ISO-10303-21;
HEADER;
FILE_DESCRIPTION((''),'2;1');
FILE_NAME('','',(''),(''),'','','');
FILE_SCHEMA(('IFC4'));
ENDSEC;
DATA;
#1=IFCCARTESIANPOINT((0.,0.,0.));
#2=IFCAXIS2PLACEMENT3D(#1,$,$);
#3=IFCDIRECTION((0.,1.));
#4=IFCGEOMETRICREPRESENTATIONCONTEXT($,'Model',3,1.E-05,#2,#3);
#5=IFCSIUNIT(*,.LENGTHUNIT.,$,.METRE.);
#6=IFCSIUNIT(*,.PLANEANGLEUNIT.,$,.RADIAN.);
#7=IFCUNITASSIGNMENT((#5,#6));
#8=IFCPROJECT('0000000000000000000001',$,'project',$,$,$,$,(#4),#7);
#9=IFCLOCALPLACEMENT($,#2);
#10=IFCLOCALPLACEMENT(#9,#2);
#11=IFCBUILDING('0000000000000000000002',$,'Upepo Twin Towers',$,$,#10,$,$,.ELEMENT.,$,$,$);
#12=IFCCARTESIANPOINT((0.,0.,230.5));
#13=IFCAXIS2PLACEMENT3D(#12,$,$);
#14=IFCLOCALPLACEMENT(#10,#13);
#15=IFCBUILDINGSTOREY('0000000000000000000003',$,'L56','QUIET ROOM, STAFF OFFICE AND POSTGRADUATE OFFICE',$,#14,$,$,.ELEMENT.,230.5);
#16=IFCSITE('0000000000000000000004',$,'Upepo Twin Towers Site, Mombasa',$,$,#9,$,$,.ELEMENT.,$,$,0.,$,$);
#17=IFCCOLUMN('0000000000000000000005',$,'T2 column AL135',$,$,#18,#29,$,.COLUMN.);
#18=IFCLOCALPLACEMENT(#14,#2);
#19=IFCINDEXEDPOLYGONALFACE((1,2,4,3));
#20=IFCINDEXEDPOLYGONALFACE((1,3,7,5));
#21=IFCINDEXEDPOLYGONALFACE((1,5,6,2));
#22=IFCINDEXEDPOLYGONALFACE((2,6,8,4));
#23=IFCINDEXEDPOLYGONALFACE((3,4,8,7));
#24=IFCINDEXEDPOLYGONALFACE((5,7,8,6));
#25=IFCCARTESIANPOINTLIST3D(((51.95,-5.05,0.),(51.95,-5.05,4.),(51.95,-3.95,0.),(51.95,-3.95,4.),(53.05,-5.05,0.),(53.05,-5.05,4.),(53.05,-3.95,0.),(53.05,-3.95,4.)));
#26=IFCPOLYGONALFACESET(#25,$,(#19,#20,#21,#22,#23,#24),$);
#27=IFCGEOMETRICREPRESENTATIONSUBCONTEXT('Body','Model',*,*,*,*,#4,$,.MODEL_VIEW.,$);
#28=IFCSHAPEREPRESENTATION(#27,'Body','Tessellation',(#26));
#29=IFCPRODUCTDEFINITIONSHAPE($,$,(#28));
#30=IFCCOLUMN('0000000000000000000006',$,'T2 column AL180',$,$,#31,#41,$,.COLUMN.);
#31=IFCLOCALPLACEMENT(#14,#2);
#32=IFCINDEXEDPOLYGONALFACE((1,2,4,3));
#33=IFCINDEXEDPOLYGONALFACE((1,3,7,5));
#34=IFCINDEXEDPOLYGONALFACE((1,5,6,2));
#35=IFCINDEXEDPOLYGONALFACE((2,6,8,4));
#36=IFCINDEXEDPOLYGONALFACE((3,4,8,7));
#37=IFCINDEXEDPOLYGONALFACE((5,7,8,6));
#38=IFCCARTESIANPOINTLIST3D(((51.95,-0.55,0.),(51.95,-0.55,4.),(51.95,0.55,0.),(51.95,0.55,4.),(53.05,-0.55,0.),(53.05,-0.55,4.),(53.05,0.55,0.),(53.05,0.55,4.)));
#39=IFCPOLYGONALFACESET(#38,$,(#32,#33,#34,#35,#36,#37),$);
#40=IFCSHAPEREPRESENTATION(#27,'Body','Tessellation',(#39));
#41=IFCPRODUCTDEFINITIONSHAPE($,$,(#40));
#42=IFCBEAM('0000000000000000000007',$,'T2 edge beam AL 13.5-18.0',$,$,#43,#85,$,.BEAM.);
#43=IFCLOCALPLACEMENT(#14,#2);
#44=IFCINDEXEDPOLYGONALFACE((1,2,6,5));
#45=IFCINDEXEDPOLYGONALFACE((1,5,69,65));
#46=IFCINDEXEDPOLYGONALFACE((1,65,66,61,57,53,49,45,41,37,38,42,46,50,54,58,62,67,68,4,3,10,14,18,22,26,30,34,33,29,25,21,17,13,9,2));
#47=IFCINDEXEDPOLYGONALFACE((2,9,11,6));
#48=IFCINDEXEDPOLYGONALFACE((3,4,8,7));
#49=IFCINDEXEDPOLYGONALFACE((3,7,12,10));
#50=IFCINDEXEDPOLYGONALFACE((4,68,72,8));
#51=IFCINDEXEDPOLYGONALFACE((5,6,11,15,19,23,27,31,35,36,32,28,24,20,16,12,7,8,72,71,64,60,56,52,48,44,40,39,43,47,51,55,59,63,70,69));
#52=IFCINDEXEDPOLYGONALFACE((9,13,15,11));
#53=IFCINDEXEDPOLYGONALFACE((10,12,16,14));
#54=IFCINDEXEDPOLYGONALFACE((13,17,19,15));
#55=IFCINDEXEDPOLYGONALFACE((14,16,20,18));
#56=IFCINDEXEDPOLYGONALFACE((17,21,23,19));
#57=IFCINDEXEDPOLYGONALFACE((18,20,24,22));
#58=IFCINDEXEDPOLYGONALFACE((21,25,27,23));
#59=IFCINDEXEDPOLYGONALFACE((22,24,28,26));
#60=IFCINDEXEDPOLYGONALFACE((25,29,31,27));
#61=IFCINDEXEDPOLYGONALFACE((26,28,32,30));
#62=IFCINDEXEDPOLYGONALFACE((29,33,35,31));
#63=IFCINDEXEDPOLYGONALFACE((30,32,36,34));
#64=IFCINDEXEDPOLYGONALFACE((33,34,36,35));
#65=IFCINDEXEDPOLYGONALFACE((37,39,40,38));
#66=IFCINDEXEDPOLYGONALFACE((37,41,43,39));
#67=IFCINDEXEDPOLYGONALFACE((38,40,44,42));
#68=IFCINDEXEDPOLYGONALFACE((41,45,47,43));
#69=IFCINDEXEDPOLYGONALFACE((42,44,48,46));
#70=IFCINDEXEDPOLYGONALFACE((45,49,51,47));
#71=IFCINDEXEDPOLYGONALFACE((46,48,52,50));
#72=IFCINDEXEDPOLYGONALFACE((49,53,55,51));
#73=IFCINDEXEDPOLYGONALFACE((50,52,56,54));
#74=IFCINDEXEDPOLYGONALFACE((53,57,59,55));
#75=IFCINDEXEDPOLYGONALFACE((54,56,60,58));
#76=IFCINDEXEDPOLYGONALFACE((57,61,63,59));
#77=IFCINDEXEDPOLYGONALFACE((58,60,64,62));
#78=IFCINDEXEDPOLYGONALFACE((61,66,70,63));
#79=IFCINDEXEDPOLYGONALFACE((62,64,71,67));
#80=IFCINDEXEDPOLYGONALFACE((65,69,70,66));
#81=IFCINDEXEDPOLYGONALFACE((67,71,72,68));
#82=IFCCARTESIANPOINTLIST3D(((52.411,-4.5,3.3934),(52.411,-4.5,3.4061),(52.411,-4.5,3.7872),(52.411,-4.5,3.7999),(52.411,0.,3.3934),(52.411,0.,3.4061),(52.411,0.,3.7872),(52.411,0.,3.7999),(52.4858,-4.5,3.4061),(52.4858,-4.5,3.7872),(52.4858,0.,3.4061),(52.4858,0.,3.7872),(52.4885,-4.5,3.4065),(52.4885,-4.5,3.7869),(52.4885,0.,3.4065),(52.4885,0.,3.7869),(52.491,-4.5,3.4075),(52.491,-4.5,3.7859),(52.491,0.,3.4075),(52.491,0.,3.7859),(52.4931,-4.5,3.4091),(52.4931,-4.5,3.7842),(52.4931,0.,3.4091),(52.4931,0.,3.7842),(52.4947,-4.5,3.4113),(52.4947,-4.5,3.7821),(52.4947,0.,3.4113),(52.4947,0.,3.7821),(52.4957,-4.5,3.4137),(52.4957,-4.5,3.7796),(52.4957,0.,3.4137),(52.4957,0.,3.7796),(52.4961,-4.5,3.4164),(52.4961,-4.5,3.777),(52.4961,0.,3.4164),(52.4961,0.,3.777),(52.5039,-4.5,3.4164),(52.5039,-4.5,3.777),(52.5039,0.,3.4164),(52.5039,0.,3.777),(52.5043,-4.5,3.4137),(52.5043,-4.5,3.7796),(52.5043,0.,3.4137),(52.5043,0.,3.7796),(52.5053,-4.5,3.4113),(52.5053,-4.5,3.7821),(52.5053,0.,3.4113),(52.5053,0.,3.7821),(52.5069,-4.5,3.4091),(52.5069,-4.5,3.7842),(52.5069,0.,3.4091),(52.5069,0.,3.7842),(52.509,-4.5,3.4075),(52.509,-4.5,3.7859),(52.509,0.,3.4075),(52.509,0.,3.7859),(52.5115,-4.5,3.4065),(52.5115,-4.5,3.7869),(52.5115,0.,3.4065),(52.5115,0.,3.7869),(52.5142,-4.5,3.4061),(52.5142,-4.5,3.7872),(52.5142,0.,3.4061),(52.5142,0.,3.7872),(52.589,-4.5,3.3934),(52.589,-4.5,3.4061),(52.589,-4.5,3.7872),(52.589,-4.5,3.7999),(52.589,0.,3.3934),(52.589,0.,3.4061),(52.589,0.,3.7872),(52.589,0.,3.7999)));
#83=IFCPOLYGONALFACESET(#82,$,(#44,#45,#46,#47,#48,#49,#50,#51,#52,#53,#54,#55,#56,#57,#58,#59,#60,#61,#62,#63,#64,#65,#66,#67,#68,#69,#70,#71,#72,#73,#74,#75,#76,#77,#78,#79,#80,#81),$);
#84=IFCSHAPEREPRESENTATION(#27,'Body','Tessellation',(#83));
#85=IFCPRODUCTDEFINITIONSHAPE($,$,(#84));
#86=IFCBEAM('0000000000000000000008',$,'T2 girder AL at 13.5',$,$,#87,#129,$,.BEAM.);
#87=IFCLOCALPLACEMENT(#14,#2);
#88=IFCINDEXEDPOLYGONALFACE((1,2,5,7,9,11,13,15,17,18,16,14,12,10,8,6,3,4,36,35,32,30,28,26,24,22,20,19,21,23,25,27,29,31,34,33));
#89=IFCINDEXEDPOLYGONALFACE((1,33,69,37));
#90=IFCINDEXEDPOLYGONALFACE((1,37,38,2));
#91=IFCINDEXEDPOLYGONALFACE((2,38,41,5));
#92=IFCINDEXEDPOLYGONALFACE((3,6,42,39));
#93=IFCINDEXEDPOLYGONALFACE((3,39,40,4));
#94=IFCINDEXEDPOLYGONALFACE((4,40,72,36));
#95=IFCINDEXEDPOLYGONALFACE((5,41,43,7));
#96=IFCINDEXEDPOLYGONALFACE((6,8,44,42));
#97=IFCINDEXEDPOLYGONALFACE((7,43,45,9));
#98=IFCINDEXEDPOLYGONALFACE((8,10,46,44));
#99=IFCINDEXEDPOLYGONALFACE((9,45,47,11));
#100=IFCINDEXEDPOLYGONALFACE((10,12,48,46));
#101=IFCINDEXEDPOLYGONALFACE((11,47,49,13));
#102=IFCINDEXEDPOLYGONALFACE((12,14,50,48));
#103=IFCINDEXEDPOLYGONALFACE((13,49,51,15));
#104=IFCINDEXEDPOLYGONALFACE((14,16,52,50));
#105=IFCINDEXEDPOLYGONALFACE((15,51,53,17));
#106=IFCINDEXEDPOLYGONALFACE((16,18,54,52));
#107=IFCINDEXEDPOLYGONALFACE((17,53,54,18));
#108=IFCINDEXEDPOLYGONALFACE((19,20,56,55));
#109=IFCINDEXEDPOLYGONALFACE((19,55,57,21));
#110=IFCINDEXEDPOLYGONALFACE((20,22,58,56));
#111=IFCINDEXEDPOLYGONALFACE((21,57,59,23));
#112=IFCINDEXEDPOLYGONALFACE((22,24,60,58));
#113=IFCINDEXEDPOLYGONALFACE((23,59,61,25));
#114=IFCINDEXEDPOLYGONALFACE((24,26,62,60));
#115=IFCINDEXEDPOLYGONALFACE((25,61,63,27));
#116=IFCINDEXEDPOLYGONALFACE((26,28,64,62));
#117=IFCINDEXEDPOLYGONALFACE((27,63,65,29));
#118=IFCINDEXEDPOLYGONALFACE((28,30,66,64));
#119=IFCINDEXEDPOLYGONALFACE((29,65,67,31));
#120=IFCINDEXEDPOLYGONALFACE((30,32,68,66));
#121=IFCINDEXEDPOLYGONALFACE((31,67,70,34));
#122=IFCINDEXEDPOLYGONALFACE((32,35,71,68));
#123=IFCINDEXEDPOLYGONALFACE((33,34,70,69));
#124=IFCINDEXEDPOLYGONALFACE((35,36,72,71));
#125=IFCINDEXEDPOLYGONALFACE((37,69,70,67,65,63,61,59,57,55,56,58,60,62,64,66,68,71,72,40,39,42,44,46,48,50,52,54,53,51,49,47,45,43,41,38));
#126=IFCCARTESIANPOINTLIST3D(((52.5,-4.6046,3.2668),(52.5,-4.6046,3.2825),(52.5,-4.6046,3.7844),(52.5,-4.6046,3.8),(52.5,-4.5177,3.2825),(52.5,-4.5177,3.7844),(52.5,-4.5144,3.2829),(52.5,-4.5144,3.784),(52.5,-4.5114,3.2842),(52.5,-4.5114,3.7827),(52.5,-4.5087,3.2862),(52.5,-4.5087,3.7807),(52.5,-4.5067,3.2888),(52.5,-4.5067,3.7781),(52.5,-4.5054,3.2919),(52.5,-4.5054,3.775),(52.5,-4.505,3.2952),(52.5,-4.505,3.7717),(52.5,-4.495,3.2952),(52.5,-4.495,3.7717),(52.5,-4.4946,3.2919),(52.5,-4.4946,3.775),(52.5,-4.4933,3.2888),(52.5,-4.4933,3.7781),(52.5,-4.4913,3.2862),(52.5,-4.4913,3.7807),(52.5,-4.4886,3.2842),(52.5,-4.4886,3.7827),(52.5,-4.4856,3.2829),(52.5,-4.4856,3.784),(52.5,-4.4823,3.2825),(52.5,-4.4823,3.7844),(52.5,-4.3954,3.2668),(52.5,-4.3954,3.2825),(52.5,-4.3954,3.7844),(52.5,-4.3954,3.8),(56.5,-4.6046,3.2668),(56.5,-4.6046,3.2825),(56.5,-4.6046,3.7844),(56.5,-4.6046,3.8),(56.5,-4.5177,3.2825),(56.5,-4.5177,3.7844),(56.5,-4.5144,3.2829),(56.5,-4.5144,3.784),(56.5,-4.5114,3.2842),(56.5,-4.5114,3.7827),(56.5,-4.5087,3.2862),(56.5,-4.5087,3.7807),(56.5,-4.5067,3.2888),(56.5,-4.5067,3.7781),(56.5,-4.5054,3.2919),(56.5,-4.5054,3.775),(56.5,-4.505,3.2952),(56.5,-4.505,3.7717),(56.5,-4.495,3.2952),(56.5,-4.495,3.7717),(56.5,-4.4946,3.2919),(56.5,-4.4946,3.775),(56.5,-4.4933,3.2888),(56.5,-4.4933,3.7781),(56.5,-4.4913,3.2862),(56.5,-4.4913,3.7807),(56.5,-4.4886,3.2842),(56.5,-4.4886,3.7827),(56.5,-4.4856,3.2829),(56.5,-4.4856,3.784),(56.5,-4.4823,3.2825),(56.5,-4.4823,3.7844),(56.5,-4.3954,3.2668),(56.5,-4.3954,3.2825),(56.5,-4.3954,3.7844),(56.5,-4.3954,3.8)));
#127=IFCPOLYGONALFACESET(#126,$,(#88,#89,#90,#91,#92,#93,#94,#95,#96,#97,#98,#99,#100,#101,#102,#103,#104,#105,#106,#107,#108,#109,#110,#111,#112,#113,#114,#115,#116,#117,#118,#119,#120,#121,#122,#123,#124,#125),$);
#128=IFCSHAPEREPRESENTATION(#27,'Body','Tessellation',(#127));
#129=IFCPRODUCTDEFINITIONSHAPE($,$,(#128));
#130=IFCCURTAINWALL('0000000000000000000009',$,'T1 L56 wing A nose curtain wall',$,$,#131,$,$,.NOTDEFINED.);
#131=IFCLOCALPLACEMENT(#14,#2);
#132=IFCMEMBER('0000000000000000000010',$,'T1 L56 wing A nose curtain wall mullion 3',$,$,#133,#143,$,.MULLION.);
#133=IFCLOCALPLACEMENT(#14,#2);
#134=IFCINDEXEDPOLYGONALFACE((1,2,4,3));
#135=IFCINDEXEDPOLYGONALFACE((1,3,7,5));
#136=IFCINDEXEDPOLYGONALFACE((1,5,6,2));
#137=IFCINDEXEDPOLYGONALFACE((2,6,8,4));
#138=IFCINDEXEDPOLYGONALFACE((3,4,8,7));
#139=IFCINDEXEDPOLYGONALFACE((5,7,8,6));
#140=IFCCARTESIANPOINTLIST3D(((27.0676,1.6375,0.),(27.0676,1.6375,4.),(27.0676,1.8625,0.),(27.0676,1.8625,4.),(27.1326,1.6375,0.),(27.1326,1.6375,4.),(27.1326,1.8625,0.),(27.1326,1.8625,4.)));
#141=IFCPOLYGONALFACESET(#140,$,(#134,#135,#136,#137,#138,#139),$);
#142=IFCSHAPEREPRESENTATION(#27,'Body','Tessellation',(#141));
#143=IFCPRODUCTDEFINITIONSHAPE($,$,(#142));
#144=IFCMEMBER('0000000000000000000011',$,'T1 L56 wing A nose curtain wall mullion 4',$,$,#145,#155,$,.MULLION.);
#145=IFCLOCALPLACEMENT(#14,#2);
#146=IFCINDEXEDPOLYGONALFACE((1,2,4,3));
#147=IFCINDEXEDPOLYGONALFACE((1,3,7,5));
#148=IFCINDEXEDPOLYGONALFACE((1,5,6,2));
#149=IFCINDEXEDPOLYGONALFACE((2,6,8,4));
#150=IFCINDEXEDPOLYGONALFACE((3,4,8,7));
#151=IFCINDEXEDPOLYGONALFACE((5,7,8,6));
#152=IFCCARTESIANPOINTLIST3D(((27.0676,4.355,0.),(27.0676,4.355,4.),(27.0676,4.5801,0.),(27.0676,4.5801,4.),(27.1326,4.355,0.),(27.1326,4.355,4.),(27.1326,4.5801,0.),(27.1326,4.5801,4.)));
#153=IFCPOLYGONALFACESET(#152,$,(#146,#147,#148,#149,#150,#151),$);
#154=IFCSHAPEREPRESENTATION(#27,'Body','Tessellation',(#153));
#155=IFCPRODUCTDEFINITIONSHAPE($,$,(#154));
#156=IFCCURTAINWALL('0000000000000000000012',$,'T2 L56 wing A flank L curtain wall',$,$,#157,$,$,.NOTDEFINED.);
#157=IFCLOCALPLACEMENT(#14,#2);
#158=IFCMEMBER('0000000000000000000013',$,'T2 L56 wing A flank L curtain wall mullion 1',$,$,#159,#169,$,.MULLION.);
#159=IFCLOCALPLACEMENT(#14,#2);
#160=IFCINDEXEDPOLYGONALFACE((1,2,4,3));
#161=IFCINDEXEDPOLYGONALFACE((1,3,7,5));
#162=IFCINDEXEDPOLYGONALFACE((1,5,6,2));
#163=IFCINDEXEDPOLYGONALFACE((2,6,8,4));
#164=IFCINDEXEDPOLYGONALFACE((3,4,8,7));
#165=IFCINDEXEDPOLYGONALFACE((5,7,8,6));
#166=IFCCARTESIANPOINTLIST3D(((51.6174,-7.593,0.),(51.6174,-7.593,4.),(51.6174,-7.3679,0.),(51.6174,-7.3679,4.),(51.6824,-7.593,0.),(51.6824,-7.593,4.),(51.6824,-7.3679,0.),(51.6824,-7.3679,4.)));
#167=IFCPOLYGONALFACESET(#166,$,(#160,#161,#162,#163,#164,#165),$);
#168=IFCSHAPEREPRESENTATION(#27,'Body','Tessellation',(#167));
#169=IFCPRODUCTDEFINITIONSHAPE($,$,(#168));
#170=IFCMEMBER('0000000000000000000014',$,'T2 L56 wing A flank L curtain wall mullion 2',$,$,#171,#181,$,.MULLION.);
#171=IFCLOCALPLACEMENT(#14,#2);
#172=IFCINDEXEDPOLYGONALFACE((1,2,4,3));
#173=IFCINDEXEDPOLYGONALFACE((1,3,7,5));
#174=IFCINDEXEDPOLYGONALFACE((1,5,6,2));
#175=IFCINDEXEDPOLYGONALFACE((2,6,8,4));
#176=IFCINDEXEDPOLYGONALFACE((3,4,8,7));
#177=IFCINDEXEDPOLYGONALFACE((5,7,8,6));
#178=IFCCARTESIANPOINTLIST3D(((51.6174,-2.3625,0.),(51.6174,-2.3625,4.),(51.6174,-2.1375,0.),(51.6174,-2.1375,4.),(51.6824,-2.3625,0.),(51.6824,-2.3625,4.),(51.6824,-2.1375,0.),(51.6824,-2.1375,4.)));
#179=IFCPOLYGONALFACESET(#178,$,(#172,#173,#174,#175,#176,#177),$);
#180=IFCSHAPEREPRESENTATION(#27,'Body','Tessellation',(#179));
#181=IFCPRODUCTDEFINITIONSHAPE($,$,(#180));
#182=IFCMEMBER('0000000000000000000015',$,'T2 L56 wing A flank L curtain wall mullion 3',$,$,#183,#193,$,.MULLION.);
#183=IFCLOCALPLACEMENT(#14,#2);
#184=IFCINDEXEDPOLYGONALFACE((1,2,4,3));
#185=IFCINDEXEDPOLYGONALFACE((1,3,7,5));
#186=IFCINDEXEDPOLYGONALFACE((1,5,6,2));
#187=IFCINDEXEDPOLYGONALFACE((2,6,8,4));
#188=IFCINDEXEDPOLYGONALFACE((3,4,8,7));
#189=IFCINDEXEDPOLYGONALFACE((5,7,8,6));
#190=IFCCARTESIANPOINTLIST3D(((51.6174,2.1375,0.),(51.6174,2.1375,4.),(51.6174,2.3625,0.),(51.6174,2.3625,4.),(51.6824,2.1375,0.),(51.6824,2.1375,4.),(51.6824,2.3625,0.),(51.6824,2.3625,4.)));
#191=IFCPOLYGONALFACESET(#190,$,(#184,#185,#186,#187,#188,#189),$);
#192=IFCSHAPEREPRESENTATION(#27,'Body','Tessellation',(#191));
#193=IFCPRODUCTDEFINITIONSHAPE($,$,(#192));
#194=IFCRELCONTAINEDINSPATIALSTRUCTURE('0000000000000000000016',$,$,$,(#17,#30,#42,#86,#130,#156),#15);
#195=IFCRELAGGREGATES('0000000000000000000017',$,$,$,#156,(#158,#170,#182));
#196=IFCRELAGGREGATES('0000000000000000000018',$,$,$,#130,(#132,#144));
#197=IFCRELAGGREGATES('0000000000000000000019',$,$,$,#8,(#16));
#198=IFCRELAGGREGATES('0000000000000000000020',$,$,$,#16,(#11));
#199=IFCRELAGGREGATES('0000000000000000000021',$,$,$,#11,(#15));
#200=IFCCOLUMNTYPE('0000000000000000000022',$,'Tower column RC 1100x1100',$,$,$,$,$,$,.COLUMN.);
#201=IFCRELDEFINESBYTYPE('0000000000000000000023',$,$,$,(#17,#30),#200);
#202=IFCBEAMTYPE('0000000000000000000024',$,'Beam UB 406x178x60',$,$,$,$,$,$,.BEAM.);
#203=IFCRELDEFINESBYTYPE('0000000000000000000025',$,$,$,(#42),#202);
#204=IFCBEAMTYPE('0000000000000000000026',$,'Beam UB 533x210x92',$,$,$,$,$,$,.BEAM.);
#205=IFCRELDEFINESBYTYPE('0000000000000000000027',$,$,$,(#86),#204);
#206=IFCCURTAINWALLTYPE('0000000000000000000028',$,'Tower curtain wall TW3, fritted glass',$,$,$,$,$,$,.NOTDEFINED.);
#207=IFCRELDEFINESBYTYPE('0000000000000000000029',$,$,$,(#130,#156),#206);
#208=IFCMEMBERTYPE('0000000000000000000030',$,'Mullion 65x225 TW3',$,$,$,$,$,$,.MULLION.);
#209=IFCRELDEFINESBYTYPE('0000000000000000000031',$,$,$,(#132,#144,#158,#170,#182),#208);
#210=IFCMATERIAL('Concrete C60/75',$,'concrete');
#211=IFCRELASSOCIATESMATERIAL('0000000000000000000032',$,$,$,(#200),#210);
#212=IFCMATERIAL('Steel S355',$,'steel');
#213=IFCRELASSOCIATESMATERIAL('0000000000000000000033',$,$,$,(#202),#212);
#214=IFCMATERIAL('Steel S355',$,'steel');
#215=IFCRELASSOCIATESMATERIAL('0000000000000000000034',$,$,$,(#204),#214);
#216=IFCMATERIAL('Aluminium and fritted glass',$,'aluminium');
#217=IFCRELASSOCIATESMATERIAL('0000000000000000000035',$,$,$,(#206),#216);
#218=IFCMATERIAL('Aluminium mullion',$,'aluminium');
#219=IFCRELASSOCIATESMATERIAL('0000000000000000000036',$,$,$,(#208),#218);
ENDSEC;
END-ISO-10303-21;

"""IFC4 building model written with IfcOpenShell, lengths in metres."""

from ifc_helpers import new_model, si_unit, direction, frame, origin, origin_2d, place, context, subcontext, project, spatial, rectangle, i_section, extrude, material, material_profile, profile_set, type_object, element, aggregate, save


model = new_model("IFC4")

# Units and contexts
model_context = context("Model", 3, precision=1e-05, world=origin(), true_north=direction((0.0, 1.0)))
body_context = subcontext(model_context, "Body", "Model", "MODEL_VIEW")
ifc_project = project(units=[si_unit("LENGTHUNIT", "METRE"), si_unit("PLANEANGLEUNIT", "RADIAN")], contexts=[model_context])

# Site, building, storey
site_placement = place(None, origin())
site = spatial("IfcSite", under=ifc_project, at=site_placement, Name="Upepo Twin Towers Site, Mombasa", CompositionType="ELEMENT", RefElevation=0.0)
building_placement = place(site_placement, origin())
building = spatial("IfcBuilding", under=site, at=building_placement, Name="Upepo Twin Towers", CompositionType="ELEMENT")
storey_placement = place(building_placement, frame((0.0, 0.0, 230.5)))
storey = spatial("IfcBuildingStorey", under=building, at=storey_placement, Name="L56", Description="QUIET ROOM, STAFF OFFICE AND POSTGRADUATE OFFICE", CompositionType="ELEMENT", Elevation=230.5)

# Columns
ifc_material_1 = material(Name="Concrete C60/75", Category="concrete")
ifc_material_profile_1 = material_profile(ifc_material_1, rectangle(XDim=1.1001, YDim=1.1001, at=origin_2d()), Name="RC 1100x1100")
ifc_profile_set_1 = profile_set([ifc_material_profile_1], Name="Concrete C60/75")
column_type = type_object("IfcColumnType", Name="Tower column RC 1100x1100", PredefinedType="COLUMN", material=ifc_profile_set_1)
for number, where, z_axis, x_axis, name in (
    (1, (52.5, -4.5, 0.0), (0.0, 0.0, 1.0), (1.0, 0.0, 0.0), "T2 column AL135"),
    (2, (52.5, 0.0, 0.0), (0.0, 0.0, 1.0), (1.0, 0.0, 0.0), "T2 column AL180"),
):
    element("IfcColumn", number, at=place(storey_placement, frame(where, z_axis=z_axis, x_axis=x_axis)), inside=storey, type_object=column_type, Name=name, PredefinedType="COLUMN", context=body_context, shape_type="SweptSolid", body=[
        extrude(rectangle(XDim=1.1001, YDim=1.1001, at=origin_2d()), origin(), (0.0, 0.0, 1.0), 4.0),
    ])

# Beams
ifc_material_2 = material(Name="Steel S355", Category="steel")
ifc_material_profile_2 = material_profile(ifc_material_2, i_section(OverallWidth=0.178, OverallDepth=0.4065, WebThickness=0.0078, FlangeThickness=0.0127, FilletRadius=0.0103, at=origin_2d()), Name="UB 406x178x60")
ifc_profile_set_2 = profile_set([ifc_material_profile_2], Name="Steel S355")
beam_type_1 = type_object("IfcBeamType", Name="Beam UB 406x178x60", PredefinedType="BEAM", material=ifc_profile_set_2)
beam_1_placement = place(storey_placement, frame((52.5, -4.5, 3.5967), z_axis=(0.0, 1.0, 0.0), x_axis=(-1.0, 0.0, 0.0)))
element("IfcBeam", 3, at=beam_1_placement, inside=storey, type_object=beam_type_1, Name="T2 edge beam AL 13.5-18.0", PredefinedType="BEAM", context=body_context, shape_type="SweptSolid", body=[
    extrude(i_section(OverallWidth=0.178, OverallDepth=0.4065, WebThickness=0.0078, FlangeThickness=0.0127, FilletRadius=0.0103, at=origin_2d()), origin(), (0.0, 0.0, 1.0), 4.5),
])
ifc_material_3 = material(Name="Steel S355", Category="steel")
ifc_material_profile_3 = material_profile(ifc_material_3, i_section(OverallWidth=0.2092, OverallDepth=0.5332, WebThickness=0.01, FlangeThickness=0.0156, FilletRadius=0.0127, at=origin_2d()), Name="UB 533x210x92")
ifc_profile_set_3 = profile_set([ifc_material_profile_3], Name="Steel S355")
beam_type_2 = type_object("IfcBeamType", Name="Beam UB 533x210x92", PredefinedType="BEAM", material=ifc_profile_set_3)
beam_2_placement = place(storey_placement, frame((52.5, -4.5, 3.5334), z_axis=(1.0, 0.0, 0.0), x_axis=(0.0, 1.0, 0.0)))
element("IfcBeam", 4, at=beam_2_placement, inside=storey, type_object=beam_type_2, Name="T2 girder AL at 13.5", PredefinedType="BEAM", context=body_context, shape_type="SweptSolid", body=[
    extrude(i_section(OverallWidth=0.2092, OverallDepth=0.5332, WebThickness=0.01, FlangeThickness=0.0156, FilletRadius=0.0127, at=origin_2d()), origin(), (0.0, 0.0, 1.0), 4.0),
])

# Curtain walls, members
ifc_material_4 = material(Name="Aluminium and fritted glass", Category="aluminium")
curtain_wall_type = type_object("IfcCurtainWallType", Name="Tower curtain wall TW3, fritted glass", PredefinedType="NOTDEFINED", material=ifc_material_4)
curtain_wall_1_placement = place(storey_placement, origin())
curtain_wall_1 = element("IfcCurtainWall", 5, at=curtain_wall_1_placement, inside=storey, type_object=curtain_wall_type, Name="T1 L56 wing A nose curtain wall", PredefinedType="NOTDEFINED")
ifc_material_5 = material(Name="Aluminium mullion", Category="aluminium")
ifc_material_profile_4 = material_profile(ifc_material_5, rectangle(XDim=0.0649, YDim=0.2251, at=origin_2d()), Name="MULLION 65x225")
ifc_profile_set_4 = profile_set([ifc_material_profile_4], Name="Aluminium mullion")
member_type_1 = type_object("IfcMemberType", Name="Mullion 65x225 TW3", PredefinedType="MULLION", material=ifc_profile_set_4)
member_1_placement = place(storey_placement, frame((27.1001, 1.75, 0.0), z_axis=(0.0, 0.0, 1.0), x_axis=(-1.0, 0.0, 0.0)))
member_1 = element("IfcMember", 6, at=member_1_placement, type_object=member_type_1, Name="T1 L56 wing A nose curtain wall mullion 3", PredefinedType="MULLION", context=body_context, shape_type="SweptSolid", body=[
    extrude(rectangle(XDim=0.0649, YDim=0.2251, at=origin_2d()), origin(), (0.0, 0.0, 1.0), 4.0),
])
member_2_placement = place(storey_placement, frame((27.1001, 4.4675, 0.0), z_axis=(0.0, 0.0, 1.0), x_axis=(-1.0, 0.0, 0.0)))
member_2 = element("IfcMember", 7, at=member_2_placement, type_object=member_type_1, Name="T1 L56 wing A nose curtain wall mullion 4", PredefinedType="MULLION", context=body_context, shape_type="SweptSolid", body=[
    extrude(rectangle(XDim=0.0649, YDim=0.2251, at=origin_2d()), origin(), (0.0, 0.0, 1.0), 4.0),
])
curtain_wall_2_placement = place(storey_placement, origin())
curtain_wall_2 = element("IfcCurtainWall", 8, at=curtain_wall_2_placement, inside=storey, type_object=curtain_wall_type, Name="T2 L56 wing A flank L curtain wall", PredefinedType="NOTDEFINED")
member_3_placement = place(storey_placement, frame((51.6499, -7.4805, 0.0), z_axis=(0.0, 0.0, 1.0), x_axis=(-1.0, 0.0, 0.0)))
member_3 = element("IfcMember", 9, at=member_3_placement, type_object=member_type_1, Name="T2 L56 wing A flank L curtain wall mullion 1", PredefinedType="MULLION", context=body_context, shape_type="SweptSolid", body=[
    extrude(rectangle(XDim=0.0649, YDim=0.2251, at=origin_2d()), origin(), (0.0, 0.0, 1.0), 4.0),
])
member_4_placement = place(storey_placement, frame((51.6499, -2.25, 0.0), z_axis=(0.0, 0.0, 1.0), x_axis=(-1.0, 0.0, 0.0)))
member_4 = element("IfcMember", 10, at=member_4_placement, type_object=member_type_1, Name="T2 L56 wing A flank L curtain wall mullion 2", PredefinedType="MULLION", context=body_context, shape_type="SweptSolid", body=[
    extrude(rectangle(XDim=0.0649, YDim=0.2251, at=origin_2d()), origin(), (0.0, 0.0, 1.0), 4.0),
])
member_5_placement = place(storey_placement, frame((51.6499, 2.25, 0.0), z_axis=(0.0, 0.0, 1.0), x_axis=(-1.0, 0.0, 0.0)))
member_5 = element("IfcMember", 11, at=member_5_placement, type_object=member_type_1, Name="T2 L56 wing A flank L curtain wall mullion 3", PredefinedType="MULLION", context=body_context, shape_type="SweptSolid", body=[
    extrude(rectangle(XDim=0.0649, YDim=0.2251, at=origin_2d()), origin(), (0.0, 0.0, 1.0), 4.0),
])

aggregate(curtain_wall_2, [member_3, member_4, member_5])
aggregate(curtain_wall_1, [member_1, member_2])

save(model, "model.ifc")
